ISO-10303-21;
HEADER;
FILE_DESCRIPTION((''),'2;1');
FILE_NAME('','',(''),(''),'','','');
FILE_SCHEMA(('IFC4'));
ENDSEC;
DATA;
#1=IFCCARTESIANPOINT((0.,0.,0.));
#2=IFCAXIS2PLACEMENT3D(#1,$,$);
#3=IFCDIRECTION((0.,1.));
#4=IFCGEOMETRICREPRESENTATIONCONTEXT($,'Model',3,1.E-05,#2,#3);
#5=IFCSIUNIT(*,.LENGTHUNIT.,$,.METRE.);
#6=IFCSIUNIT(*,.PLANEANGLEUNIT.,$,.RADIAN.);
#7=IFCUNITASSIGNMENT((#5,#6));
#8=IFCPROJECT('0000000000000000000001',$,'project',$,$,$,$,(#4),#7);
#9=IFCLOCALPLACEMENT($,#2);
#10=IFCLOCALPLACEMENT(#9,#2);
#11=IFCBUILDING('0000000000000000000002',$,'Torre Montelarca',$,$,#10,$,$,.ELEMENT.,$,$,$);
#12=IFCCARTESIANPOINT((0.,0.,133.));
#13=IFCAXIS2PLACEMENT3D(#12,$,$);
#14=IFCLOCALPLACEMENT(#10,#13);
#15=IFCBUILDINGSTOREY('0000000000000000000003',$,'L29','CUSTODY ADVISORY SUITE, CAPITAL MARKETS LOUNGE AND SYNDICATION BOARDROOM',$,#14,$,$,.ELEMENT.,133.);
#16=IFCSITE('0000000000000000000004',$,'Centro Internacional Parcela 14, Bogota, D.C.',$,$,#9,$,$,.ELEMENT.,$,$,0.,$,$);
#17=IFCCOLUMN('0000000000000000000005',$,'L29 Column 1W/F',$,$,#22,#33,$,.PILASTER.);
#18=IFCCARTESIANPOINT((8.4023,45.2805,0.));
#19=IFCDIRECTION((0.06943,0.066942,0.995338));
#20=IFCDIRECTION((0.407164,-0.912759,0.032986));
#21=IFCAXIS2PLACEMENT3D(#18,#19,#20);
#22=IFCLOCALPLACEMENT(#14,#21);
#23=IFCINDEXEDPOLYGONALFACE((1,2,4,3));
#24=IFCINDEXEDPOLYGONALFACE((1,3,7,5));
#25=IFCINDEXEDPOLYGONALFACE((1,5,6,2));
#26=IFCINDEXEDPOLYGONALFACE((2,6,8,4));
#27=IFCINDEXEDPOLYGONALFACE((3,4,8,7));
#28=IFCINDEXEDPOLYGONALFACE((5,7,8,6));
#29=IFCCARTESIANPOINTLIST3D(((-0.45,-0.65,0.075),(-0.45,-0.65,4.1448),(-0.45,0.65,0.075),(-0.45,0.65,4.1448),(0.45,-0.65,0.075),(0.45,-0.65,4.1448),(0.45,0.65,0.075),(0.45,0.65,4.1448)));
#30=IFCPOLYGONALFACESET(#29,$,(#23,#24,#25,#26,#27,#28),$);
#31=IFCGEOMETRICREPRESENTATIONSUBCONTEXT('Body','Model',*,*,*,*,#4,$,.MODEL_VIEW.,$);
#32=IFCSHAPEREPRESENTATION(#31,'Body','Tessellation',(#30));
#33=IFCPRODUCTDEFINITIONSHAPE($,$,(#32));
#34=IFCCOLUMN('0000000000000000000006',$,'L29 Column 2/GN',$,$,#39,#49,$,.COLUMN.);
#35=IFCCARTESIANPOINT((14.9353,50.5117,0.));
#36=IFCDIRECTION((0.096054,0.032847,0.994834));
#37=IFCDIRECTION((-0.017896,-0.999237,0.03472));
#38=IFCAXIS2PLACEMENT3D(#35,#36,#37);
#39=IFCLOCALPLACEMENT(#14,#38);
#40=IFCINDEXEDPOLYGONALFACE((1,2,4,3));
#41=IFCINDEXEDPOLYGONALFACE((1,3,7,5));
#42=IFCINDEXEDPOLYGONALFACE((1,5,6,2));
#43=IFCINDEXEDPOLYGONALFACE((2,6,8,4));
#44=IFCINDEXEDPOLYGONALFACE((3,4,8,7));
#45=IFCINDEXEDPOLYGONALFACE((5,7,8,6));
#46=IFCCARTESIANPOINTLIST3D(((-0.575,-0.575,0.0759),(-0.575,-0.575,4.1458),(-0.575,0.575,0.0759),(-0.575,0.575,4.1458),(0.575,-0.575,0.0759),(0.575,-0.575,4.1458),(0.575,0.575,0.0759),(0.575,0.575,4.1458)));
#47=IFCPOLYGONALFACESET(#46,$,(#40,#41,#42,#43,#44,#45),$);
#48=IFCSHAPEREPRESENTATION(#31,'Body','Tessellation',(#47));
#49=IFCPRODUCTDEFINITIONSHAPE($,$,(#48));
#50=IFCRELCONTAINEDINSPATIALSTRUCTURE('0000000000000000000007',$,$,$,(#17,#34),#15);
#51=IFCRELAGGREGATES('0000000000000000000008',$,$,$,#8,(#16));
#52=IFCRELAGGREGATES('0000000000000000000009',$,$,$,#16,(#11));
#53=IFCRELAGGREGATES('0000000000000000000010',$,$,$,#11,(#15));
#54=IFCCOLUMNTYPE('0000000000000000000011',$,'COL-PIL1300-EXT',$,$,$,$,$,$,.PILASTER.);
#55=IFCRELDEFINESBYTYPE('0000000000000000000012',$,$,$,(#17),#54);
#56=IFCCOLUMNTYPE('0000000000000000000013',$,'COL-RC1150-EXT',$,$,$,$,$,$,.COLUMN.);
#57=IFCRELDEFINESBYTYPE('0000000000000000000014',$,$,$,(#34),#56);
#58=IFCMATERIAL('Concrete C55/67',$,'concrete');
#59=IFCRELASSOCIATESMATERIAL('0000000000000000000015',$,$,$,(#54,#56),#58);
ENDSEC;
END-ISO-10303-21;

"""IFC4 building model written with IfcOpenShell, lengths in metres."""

from ifc_helpers import new_model, si_unit, direction, frame, origin, origin_2d, place, context, subcontext, project, spatial, rectangle, extrude, clip, halfspace, material, material_profile, profile_set, type_object, element, save


model = new_model("IFC4")

# Units and contexts
model_context = context("Model", 3, precision=1e-05, world=origin(), true_north=direction((0.0, 1.0)))
body_context = subcontext(model_context, "Body", "Model", "MODEL_VIEW")
ifc_project = project(units=[si_unit("LENGTHUNIT", "METRE"), si_unit("PLANEANGLEUNIT", "RADIAN")], contexts=[model_context])

# Site, building, storey
site_placement = place(None, origin())
site = spatial("IfcSite", under=ifc_project, at=site_placement, Name="Centro Internacional Parcela 14, Bogota, D.C.", CompositionType="ELEMENT", RefElevation=0.0)
building_placement = place(site_placement, origin())
building = spatial("IfcBuilding", under=site, at=building_placement, Name="Torre Montelarca", CompositionType="ELEMENT")
storey_placement = place(building_placement, frame((0.0, 0.0, 133.0)))
storey = spatial("IfcBuildingStorey", under=building, at=storey_placement, Name="L29", Description="CUSTODY ADVISORY SUITE, CAPITAL MARKETS LOUNGE AND SYNDICATION BOARDROOM", CompositionType="ELEMENT", Elevation=133.0)

# Columns
ifc_material_1 = material(Name="Concrete C55/67", Category="concrete")
ifc_material_profile_1 = material_profile(ifc_material_1, rectangle(XDim=0.8999, YDim=1.3, at=origin_2d()), Name="RC1300X900", Category="concrete")
ifc_profile_set_1 = profile_set([ifc_material_profile_1], Name="Concrete C55/67")
column_type_1 = type_object("IfcColumnType", Name="COL-PIL1300-EXT", PredefinedType="PILASTER", material=ifc_profile_set_1)
column_1_placement = place(storey_placement, frame((8.4023, 45.2805, 0.0), z_axis=(0.06943, 0.066942, 0.995338), x_axis=(0.407164, -0.912759, 0.032986)))
element("IfcColumn", 1, at=column_1_placement, inside=storey, type_object=column_type_1, Name="L29 Column 1W/F", PredefinedType="PILASTER", context=body_context, shape_type="Clipping", body=[
    clip(clip(extrude(rectangle(XDim=0.8999, YDim=1.3, at=origin_2d()), origin(), (0.0, 0.0, 1.0), 4.2197), halfspace(frame((0.0, 0.0, 0.075), z_axis=(0.0, 0.0, -1.0), x_axis=(1.0, 0.0, 0.0)), False)), halfspace(frame((0.0, 0.0, 4.1448), z_axis=(0.0, 0.0, 1.0), x_axis=(1.0, 0.0, 0.0)), False)),
])
ifc_material_profile_2 = material_profile(ifc_material_1, rectangle(XDim=1.1499, YDim=1.1499, at=origin_2d()), Name="RC1150X1150", Category="concrete")
ifc_profile_set_2 = profile_set([ifc_material_profile_2], Name="Concrete C55/67")
column_type_2 = type_object("IfcColumnType", Name="COL-RC1150-EXT", PredefinedType="COLUMN", material=ifc_profile_set_2)
column_2_placement = place(storey_placement, frame((14.9353, 50.5117, 0.0), z_axis=(0.096054, 0.032847, 0.994834), x_axis=(-0.017896, -0.999237, 0.03472)))
element("IfcColumn", 2, at=column_2_placement, inside=storey, type_object=column_type_2, Name="L29 Column 2/GN", PredefinedType="COLUMN", context=body_context, shape_type="Clipping", body=[
    clip(clip(extrude(rectangle(XDim=1.1499, YDim=1.1499, at=origin_2d()), origin(), (0.0, 0.0, 1.0), 4.2217), halfspace(frame((0.0, 0.0, 0.0759), z_axis=(0.0, 0.0, -1.0), x_axis=(1.0, 0.0, 0.0)), False)), halfspace(frame((0.0, 0.0, 4.1458), z_axis=(0.0, 0.0, 1.0), x_axis=(1.0, 0.0, 0.0)), False)),
])

save(model, "model.ifc")
